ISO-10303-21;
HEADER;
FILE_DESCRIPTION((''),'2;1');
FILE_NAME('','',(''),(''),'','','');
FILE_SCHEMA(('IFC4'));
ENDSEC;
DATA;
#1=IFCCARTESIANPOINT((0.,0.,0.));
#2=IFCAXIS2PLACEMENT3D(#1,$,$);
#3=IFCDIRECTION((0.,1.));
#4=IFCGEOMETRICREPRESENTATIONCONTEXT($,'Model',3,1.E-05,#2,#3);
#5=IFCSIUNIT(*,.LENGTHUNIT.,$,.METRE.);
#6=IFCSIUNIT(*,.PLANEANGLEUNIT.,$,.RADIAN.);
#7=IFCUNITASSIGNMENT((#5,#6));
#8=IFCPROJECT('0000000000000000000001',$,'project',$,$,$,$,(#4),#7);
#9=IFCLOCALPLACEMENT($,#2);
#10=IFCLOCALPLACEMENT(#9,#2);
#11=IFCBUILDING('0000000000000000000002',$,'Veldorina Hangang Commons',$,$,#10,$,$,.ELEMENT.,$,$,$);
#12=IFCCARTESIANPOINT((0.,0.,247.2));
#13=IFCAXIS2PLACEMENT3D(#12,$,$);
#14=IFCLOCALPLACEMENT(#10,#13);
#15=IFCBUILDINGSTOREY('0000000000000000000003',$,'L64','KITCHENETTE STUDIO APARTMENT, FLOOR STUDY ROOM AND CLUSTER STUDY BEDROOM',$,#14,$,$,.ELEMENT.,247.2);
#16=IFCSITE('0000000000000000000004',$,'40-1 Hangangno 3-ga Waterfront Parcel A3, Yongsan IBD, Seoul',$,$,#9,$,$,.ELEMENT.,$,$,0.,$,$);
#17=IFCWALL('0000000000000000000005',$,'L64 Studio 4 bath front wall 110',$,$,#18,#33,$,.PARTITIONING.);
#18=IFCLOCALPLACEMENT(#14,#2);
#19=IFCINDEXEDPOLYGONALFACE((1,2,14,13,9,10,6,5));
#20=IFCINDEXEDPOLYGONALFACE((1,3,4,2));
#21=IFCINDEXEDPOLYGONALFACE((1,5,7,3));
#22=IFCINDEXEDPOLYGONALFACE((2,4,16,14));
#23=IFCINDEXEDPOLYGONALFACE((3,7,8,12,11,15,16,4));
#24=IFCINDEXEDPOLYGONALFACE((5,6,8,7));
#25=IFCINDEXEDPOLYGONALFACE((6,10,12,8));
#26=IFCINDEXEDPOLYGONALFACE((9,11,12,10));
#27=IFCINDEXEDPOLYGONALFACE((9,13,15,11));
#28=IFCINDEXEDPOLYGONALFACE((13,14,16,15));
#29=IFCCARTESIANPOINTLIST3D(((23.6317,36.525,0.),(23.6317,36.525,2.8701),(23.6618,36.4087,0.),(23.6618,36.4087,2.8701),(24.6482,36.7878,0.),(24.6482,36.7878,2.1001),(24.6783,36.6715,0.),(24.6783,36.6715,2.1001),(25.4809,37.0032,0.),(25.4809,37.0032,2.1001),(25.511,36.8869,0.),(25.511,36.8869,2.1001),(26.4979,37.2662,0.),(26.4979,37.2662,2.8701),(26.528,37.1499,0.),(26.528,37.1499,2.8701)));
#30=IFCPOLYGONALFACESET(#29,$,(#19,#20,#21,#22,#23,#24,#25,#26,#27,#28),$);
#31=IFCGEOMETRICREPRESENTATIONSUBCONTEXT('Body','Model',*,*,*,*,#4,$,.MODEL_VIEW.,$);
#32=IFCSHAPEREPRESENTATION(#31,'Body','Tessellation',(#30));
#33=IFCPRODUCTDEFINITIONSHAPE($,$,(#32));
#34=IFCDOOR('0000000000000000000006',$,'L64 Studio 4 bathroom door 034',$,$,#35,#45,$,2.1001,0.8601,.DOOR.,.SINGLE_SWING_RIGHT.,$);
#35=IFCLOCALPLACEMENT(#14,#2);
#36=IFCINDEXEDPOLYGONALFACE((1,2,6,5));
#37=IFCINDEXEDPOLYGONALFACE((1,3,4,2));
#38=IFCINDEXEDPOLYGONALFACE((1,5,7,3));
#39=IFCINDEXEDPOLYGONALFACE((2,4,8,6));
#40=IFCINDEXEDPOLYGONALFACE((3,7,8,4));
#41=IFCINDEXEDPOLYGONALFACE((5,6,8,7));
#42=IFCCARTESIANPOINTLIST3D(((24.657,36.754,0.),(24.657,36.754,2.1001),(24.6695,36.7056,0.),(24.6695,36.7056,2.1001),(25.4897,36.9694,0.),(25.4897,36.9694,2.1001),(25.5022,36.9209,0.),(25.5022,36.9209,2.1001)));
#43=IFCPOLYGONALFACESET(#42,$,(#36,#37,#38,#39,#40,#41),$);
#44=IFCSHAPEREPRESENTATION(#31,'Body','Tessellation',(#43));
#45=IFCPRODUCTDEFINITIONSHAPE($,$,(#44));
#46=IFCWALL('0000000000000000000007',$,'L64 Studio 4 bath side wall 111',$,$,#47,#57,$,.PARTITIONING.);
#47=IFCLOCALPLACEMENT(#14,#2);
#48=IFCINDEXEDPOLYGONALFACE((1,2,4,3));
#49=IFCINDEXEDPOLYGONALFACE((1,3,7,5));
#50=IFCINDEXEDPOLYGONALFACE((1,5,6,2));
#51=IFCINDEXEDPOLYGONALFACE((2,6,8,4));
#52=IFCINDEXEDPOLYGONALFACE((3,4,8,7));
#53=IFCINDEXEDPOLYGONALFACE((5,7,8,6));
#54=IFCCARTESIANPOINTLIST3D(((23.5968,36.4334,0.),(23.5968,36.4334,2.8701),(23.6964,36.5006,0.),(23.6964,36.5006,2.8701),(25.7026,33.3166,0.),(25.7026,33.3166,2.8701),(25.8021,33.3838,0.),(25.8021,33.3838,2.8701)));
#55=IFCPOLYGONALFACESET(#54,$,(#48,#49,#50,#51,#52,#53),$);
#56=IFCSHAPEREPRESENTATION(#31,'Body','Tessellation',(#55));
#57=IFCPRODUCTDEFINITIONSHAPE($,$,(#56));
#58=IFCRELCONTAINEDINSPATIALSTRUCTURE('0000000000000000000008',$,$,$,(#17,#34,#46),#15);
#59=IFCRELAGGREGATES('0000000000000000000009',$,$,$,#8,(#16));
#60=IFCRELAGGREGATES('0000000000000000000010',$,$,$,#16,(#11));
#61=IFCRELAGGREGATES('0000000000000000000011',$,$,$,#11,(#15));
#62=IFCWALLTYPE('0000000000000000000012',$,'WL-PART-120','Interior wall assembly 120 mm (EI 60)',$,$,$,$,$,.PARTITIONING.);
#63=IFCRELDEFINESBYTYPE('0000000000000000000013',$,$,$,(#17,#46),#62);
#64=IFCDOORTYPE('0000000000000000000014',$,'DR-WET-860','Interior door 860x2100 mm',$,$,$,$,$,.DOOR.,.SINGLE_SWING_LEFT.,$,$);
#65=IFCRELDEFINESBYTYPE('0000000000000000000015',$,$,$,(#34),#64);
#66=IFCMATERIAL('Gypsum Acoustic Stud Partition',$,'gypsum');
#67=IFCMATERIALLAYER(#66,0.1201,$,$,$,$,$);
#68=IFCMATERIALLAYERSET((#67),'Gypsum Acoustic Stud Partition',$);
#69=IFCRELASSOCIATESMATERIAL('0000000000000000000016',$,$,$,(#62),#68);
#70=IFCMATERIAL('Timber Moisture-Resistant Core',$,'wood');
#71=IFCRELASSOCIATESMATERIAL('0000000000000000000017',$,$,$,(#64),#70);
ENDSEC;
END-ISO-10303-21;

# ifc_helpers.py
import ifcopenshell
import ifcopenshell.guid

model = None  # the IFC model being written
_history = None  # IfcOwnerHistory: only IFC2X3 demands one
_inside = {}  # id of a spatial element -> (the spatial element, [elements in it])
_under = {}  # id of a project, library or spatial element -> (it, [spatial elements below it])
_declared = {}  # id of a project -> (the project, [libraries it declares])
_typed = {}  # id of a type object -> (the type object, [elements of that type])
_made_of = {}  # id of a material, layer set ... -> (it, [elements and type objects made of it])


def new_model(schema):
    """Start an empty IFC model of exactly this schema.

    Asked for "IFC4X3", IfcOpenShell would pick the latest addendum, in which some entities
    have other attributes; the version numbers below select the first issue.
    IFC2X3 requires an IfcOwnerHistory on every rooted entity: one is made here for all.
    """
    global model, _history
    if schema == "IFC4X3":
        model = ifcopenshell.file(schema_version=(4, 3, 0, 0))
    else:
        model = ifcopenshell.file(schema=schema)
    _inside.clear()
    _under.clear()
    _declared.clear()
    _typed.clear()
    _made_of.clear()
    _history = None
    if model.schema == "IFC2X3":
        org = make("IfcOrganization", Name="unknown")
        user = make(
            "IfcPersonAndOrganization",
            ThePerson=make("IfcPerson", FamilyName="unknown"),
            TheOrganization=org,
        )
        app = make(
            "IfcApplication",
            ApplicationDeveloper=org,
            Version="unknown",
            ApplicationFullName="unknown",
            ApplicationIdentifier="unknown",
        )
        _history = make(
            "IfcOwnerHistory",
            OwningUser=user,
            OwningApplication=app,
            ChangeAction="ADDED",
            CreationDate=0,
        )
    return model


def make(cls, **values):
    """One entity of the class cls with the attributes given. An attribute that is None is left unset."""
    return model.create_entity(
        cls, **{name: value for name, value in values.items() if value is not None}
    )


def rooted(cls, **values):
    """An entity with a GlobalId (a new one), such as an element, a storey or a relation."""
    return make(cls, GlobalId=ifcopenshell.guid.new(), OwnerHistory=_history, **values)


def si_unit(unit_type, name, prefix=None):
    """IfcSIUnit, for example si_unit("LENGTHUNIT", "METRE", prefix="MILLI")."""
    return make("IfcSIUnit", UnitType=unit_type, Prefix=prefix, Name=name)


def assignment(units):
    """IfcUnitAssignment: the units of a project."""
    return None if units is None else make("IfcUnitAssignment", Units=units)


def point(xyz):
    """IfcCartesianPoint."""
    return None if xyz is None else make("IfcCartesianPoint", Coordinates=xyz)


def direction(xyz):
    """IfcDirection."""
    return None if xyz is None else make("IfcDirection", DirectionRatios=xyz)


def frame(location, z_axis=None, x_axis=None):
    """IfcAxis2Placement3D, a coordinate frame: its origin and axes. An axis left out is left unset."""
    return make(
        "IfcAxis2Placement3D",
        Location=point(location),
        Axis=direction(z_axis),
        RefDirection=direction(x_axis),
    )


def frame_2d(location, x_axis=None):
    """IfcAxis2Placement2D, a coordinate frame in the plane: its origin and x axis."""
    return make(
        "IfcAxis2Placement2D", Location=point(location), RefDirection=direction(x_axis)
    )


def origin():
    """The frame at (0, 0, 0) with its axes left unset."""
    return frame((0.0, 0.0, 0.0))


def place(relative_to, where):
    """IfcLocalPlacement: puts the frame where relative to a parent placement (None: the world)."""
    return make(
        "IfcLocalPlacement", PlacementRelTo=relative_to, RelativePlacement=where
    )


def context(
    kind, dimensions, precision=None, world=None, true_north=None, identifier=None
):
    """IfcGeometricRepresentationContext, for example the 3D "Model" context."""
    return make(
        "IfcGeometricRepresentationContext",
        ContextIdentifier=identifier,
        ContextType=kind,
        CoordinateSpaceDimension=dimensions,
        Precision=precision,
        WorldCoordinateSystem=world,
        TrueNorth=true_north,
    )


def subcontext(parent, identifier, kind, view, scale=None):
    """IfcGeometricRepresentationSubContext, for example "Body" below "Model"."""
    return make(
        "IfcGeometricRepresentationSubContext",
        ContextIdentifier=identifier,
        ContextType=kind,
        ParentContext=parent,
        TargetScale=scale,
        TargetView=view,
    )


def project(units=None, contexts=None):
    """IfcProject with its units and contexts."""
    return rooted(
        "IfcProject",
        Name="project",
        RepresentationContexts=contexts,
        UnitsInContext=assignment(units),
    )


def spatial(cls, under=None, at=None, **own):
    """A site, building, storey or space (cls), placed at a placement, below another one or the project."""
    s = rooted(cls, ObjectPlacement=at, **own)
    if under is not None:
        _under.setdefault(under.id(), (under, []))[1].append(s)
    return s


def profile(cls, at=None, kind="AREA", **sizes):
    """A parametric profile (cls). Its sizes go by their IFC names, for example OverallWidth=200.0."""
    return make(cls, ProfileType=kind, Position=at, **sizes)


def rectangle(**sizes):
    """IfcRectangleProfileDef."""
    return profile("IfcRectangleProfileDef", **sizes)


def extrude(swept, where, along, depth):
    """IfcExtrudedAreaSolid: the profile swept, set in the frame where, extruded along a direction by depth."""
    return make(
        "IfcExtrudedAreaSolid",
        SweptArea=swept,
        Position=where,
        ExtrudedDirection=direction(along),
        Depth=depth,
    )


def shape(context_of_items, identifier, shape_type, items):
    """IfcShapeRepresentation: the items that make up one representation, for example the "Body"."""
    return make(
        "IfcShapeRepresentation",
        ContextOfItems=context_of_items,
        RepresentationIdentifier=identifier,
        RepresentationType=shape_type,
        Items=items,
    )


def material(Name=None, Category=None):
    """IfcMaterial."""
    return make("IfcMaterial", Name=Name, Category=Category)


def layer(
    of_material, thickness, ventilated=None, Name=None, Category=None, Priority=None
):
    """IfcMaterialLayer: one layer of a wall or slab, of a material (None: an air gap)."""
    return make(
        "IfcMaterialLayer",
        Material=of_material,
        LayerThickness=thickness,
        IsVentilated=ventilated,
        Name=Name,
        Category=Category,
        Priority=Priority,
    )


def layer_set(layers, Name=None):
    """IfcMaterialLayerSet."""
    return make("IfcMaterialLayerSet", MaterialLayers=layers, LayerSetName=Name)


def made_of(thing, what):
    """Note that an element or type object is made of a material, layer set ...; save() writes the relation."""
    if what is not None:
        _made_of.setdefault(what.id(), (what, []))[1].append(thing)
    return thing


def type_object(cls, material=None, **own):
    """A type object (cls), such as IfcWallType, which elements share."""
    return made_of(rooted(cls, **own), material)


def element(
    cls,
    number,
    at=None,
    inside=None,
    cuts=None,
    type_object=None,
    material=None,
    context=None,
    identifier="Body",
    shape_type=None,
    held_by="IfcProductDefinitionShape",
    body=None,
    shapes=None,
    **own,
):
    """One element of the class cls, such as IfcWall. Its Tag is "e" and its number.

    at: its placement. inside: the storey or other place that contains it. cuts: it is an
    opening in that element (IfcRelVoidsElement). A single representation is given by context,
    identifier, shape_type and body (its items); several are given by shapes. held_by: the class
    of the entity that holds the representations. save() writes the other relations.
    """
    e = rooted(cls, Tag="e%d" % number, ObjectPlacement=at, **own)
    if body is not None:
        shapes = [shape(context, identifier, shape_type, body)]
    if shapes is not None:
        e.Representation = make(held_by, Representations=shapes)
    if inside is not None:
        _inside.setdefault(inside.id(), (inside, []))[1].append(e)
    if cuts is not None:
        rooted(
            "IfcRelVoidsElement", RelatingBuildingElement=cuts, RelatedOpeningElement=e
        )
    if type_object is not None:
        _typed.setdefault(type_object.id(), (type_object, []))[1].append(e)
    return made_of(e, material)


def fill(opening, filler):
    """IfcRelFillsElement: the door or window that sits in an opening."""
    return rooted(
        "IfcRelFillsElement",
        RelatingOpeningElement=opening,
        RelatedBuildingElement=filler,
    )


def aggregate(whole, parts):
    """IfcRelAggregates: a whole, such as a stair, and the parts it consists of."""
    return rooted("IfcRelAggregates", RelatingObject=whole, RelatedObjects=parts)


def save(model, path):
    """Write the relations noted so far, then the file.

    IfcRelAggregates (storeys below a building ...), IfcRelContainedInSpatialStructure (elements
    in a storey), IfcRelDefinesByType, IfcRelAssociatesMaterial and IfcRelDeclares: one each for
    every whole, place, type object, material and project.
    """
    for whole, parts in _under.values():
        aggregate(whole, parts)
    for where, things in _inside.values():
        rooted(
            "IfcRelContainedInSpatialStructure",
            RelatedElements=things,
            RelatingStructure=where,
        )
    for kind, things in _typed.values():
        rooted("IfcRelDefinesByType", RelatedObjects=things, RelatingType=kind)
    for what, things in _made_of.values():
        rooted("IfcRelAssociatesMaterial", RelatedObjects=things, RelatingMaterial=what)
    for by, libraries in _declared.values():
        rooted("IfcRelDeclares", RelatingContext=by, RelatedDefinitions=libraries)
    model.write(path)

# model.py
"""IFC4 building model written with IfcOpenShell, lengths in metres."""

from ifc_helpers import new_model, si_unit, direction, frame, frame_2d, origin, place, context, subcontext, project, spatial, rectangle, extrude, material, layer, layer_set, type_object, element, fill, save


model = new_model("IFC4")

# Units and contexts
model_context = context("Model", 3, precision=1e-05, world=origin(), true_north=direction((0.0, 1.0)))
body_context = subcontext(model_context, "Body", "Model", "MODEL_VIEW")
ifc_project = project(units=[si_unit("LENGTHUNIT", "METRE"), si_unit("PLANEANGLEUNIT", "RADIAN")], contexts=[model_context])

# Site, building, storey
site_placement = place(None, origin())
site = spatial("IfcSite", under=ifc_project, at=site_placement, Name="40-1 Hangangno 3-ga Waterfront Parcel A3, Yongsan IBD, Seoul", CompositionType="ELEMENT", RefElevation=0.0)
building_placement = place(site_placement, origin())
building = spatial("IfcBuilding", under=site, at=building_placement, Name="Veldorina Hangang Commons", CompositionType="ELEMENT")
storey_placement = place(building_placement, frame((0.0, 0.0, 247.2)))
storey = spatial("IfcBuildingStorey", under=building, at=storey_placement, Name="L64", Description="KITCHENETTE STUDIO APARTMENT, FLOOR STUDY ROOM AND CLUSTER STUDY BEDROOM", CompositionType="ELEMENT", Elevation=247.2)

# Wall, opening, door
ifc_material_1 = material(Name="Gypsum Acoustic Stud Partition", Category="gypsum")
ifc_layer_1 = layer(ifc_material_1, 0.1201)
ifc_layer_set_1 = layer_set([ifc_layer_1], Name="Gypsum Acoustic Stud Partition")
wall_type_1 = type_object("IfcWallType", Name="WL-PART-120", Description="Interior wall assembly 120 mm (EI 60)", PredefinedType="PARTITIONING", material=ifc_layer_set_1)
wall_1_placement = place(storey_placement, frame((26.5129, 37.208, 0.0), z_axis=(0.0, 0.0, 1.0), x_axis=(-0.968151, -0.250367, 0.0)))
wall_1 = element("IfcWall", 1, at=wall_1_placement, inside=storey, type_object=wall_type_1, Name="L64 Studio 4 bath front wall 110", PredefinedType="PARTITIONING", context=body_context, shape_type="SweptSolid", body=[
    extrude(rectangle(XDim=2.9604, YDim=0.1201, at=frame_2d((1.4802, 0.0))), origin(), (0.0, 0.0, 1.0), 2.8701),
])
opening_1_placement = place(wall_1_placement, frame((1.0503, 0.0, 0.0)))
opening_1 = element("IfcOpeningElement", 2, at=opening_1_placement, cuts=wall_1, PredefinedType="OPENING", context=body_context, shape_type="SweptSolid", body=[
    extrude(rectangle(XDim=0.8601, YDim=2.1001, at=frame_2d((0.4302, 1.05))), frame((0.0, 0.0701, 0.0), z_axis=(0.0, -1.0, 0.0), x_axis=(1.0, 0.0, 0.0)), (0.0, 0.0, 1.0), 0.1401),
])
ifc_material_2 = material(Name="Timber Moisture-Resistant Core", Category="wood")
door_type_1 = type_object("IfcDoorType", Name="DR-WET-860", Description="Interior door 860x2100 mm", OperationType="SINGLE_SWING_LEFT", PredefinedType="DOOR", material=ifc_material_2)
door_1_placement = place(opening_1_placement, origin())
door_1 = element("IfcDoor", 3, at=door_1_placement, inside=storey, type_object=door_type_1, Name="L64 Studio 4 bathroom door 034", OperationType="SINGLE_SWING_RIGHT", OverallHeight=2.1001, OverallWidth=0.8601, PredefinedType="DOOR", context=body_context, shape_type="SweptSolid", body=[
    extrude(rectangle(XDim=0.8601, YDim=2.1001, at=frame_2d((0.4302, 1.05))), frame((0.0, 0.0249, 0.0), z_axis=(0.0, -1.0, 0.0), x_axis=(1.0, 0.0, 0.0)), (0.0, 0.0, 1.0), 0.05),
])
fill(opening_1, door_1)

# Wall
wall_2_placement = place(storey_placement, frame((25.7524, 33.3501, 0.0), z_axis=(0.0, 0.0, 1.0), x_axis=(-0.559827, 0.828609, 0.0)))
element("IfcWall", 4, at=wall_2_placement, inside=storey, type_object=wall_type_1, Name="L64 Studio 4 bath side wall 111", PredefinedType="PARTITIONING", context=body_context, shape_type="SweptSolid", body=[
    extrude(rectangle(XDim=3.7615, YDim=0.1201, at=frame_2d((1.8809, 0.0))), origin(), (0.0, 0.0, 1.0), 2.8701),
])

save(model, "model.ifc")
